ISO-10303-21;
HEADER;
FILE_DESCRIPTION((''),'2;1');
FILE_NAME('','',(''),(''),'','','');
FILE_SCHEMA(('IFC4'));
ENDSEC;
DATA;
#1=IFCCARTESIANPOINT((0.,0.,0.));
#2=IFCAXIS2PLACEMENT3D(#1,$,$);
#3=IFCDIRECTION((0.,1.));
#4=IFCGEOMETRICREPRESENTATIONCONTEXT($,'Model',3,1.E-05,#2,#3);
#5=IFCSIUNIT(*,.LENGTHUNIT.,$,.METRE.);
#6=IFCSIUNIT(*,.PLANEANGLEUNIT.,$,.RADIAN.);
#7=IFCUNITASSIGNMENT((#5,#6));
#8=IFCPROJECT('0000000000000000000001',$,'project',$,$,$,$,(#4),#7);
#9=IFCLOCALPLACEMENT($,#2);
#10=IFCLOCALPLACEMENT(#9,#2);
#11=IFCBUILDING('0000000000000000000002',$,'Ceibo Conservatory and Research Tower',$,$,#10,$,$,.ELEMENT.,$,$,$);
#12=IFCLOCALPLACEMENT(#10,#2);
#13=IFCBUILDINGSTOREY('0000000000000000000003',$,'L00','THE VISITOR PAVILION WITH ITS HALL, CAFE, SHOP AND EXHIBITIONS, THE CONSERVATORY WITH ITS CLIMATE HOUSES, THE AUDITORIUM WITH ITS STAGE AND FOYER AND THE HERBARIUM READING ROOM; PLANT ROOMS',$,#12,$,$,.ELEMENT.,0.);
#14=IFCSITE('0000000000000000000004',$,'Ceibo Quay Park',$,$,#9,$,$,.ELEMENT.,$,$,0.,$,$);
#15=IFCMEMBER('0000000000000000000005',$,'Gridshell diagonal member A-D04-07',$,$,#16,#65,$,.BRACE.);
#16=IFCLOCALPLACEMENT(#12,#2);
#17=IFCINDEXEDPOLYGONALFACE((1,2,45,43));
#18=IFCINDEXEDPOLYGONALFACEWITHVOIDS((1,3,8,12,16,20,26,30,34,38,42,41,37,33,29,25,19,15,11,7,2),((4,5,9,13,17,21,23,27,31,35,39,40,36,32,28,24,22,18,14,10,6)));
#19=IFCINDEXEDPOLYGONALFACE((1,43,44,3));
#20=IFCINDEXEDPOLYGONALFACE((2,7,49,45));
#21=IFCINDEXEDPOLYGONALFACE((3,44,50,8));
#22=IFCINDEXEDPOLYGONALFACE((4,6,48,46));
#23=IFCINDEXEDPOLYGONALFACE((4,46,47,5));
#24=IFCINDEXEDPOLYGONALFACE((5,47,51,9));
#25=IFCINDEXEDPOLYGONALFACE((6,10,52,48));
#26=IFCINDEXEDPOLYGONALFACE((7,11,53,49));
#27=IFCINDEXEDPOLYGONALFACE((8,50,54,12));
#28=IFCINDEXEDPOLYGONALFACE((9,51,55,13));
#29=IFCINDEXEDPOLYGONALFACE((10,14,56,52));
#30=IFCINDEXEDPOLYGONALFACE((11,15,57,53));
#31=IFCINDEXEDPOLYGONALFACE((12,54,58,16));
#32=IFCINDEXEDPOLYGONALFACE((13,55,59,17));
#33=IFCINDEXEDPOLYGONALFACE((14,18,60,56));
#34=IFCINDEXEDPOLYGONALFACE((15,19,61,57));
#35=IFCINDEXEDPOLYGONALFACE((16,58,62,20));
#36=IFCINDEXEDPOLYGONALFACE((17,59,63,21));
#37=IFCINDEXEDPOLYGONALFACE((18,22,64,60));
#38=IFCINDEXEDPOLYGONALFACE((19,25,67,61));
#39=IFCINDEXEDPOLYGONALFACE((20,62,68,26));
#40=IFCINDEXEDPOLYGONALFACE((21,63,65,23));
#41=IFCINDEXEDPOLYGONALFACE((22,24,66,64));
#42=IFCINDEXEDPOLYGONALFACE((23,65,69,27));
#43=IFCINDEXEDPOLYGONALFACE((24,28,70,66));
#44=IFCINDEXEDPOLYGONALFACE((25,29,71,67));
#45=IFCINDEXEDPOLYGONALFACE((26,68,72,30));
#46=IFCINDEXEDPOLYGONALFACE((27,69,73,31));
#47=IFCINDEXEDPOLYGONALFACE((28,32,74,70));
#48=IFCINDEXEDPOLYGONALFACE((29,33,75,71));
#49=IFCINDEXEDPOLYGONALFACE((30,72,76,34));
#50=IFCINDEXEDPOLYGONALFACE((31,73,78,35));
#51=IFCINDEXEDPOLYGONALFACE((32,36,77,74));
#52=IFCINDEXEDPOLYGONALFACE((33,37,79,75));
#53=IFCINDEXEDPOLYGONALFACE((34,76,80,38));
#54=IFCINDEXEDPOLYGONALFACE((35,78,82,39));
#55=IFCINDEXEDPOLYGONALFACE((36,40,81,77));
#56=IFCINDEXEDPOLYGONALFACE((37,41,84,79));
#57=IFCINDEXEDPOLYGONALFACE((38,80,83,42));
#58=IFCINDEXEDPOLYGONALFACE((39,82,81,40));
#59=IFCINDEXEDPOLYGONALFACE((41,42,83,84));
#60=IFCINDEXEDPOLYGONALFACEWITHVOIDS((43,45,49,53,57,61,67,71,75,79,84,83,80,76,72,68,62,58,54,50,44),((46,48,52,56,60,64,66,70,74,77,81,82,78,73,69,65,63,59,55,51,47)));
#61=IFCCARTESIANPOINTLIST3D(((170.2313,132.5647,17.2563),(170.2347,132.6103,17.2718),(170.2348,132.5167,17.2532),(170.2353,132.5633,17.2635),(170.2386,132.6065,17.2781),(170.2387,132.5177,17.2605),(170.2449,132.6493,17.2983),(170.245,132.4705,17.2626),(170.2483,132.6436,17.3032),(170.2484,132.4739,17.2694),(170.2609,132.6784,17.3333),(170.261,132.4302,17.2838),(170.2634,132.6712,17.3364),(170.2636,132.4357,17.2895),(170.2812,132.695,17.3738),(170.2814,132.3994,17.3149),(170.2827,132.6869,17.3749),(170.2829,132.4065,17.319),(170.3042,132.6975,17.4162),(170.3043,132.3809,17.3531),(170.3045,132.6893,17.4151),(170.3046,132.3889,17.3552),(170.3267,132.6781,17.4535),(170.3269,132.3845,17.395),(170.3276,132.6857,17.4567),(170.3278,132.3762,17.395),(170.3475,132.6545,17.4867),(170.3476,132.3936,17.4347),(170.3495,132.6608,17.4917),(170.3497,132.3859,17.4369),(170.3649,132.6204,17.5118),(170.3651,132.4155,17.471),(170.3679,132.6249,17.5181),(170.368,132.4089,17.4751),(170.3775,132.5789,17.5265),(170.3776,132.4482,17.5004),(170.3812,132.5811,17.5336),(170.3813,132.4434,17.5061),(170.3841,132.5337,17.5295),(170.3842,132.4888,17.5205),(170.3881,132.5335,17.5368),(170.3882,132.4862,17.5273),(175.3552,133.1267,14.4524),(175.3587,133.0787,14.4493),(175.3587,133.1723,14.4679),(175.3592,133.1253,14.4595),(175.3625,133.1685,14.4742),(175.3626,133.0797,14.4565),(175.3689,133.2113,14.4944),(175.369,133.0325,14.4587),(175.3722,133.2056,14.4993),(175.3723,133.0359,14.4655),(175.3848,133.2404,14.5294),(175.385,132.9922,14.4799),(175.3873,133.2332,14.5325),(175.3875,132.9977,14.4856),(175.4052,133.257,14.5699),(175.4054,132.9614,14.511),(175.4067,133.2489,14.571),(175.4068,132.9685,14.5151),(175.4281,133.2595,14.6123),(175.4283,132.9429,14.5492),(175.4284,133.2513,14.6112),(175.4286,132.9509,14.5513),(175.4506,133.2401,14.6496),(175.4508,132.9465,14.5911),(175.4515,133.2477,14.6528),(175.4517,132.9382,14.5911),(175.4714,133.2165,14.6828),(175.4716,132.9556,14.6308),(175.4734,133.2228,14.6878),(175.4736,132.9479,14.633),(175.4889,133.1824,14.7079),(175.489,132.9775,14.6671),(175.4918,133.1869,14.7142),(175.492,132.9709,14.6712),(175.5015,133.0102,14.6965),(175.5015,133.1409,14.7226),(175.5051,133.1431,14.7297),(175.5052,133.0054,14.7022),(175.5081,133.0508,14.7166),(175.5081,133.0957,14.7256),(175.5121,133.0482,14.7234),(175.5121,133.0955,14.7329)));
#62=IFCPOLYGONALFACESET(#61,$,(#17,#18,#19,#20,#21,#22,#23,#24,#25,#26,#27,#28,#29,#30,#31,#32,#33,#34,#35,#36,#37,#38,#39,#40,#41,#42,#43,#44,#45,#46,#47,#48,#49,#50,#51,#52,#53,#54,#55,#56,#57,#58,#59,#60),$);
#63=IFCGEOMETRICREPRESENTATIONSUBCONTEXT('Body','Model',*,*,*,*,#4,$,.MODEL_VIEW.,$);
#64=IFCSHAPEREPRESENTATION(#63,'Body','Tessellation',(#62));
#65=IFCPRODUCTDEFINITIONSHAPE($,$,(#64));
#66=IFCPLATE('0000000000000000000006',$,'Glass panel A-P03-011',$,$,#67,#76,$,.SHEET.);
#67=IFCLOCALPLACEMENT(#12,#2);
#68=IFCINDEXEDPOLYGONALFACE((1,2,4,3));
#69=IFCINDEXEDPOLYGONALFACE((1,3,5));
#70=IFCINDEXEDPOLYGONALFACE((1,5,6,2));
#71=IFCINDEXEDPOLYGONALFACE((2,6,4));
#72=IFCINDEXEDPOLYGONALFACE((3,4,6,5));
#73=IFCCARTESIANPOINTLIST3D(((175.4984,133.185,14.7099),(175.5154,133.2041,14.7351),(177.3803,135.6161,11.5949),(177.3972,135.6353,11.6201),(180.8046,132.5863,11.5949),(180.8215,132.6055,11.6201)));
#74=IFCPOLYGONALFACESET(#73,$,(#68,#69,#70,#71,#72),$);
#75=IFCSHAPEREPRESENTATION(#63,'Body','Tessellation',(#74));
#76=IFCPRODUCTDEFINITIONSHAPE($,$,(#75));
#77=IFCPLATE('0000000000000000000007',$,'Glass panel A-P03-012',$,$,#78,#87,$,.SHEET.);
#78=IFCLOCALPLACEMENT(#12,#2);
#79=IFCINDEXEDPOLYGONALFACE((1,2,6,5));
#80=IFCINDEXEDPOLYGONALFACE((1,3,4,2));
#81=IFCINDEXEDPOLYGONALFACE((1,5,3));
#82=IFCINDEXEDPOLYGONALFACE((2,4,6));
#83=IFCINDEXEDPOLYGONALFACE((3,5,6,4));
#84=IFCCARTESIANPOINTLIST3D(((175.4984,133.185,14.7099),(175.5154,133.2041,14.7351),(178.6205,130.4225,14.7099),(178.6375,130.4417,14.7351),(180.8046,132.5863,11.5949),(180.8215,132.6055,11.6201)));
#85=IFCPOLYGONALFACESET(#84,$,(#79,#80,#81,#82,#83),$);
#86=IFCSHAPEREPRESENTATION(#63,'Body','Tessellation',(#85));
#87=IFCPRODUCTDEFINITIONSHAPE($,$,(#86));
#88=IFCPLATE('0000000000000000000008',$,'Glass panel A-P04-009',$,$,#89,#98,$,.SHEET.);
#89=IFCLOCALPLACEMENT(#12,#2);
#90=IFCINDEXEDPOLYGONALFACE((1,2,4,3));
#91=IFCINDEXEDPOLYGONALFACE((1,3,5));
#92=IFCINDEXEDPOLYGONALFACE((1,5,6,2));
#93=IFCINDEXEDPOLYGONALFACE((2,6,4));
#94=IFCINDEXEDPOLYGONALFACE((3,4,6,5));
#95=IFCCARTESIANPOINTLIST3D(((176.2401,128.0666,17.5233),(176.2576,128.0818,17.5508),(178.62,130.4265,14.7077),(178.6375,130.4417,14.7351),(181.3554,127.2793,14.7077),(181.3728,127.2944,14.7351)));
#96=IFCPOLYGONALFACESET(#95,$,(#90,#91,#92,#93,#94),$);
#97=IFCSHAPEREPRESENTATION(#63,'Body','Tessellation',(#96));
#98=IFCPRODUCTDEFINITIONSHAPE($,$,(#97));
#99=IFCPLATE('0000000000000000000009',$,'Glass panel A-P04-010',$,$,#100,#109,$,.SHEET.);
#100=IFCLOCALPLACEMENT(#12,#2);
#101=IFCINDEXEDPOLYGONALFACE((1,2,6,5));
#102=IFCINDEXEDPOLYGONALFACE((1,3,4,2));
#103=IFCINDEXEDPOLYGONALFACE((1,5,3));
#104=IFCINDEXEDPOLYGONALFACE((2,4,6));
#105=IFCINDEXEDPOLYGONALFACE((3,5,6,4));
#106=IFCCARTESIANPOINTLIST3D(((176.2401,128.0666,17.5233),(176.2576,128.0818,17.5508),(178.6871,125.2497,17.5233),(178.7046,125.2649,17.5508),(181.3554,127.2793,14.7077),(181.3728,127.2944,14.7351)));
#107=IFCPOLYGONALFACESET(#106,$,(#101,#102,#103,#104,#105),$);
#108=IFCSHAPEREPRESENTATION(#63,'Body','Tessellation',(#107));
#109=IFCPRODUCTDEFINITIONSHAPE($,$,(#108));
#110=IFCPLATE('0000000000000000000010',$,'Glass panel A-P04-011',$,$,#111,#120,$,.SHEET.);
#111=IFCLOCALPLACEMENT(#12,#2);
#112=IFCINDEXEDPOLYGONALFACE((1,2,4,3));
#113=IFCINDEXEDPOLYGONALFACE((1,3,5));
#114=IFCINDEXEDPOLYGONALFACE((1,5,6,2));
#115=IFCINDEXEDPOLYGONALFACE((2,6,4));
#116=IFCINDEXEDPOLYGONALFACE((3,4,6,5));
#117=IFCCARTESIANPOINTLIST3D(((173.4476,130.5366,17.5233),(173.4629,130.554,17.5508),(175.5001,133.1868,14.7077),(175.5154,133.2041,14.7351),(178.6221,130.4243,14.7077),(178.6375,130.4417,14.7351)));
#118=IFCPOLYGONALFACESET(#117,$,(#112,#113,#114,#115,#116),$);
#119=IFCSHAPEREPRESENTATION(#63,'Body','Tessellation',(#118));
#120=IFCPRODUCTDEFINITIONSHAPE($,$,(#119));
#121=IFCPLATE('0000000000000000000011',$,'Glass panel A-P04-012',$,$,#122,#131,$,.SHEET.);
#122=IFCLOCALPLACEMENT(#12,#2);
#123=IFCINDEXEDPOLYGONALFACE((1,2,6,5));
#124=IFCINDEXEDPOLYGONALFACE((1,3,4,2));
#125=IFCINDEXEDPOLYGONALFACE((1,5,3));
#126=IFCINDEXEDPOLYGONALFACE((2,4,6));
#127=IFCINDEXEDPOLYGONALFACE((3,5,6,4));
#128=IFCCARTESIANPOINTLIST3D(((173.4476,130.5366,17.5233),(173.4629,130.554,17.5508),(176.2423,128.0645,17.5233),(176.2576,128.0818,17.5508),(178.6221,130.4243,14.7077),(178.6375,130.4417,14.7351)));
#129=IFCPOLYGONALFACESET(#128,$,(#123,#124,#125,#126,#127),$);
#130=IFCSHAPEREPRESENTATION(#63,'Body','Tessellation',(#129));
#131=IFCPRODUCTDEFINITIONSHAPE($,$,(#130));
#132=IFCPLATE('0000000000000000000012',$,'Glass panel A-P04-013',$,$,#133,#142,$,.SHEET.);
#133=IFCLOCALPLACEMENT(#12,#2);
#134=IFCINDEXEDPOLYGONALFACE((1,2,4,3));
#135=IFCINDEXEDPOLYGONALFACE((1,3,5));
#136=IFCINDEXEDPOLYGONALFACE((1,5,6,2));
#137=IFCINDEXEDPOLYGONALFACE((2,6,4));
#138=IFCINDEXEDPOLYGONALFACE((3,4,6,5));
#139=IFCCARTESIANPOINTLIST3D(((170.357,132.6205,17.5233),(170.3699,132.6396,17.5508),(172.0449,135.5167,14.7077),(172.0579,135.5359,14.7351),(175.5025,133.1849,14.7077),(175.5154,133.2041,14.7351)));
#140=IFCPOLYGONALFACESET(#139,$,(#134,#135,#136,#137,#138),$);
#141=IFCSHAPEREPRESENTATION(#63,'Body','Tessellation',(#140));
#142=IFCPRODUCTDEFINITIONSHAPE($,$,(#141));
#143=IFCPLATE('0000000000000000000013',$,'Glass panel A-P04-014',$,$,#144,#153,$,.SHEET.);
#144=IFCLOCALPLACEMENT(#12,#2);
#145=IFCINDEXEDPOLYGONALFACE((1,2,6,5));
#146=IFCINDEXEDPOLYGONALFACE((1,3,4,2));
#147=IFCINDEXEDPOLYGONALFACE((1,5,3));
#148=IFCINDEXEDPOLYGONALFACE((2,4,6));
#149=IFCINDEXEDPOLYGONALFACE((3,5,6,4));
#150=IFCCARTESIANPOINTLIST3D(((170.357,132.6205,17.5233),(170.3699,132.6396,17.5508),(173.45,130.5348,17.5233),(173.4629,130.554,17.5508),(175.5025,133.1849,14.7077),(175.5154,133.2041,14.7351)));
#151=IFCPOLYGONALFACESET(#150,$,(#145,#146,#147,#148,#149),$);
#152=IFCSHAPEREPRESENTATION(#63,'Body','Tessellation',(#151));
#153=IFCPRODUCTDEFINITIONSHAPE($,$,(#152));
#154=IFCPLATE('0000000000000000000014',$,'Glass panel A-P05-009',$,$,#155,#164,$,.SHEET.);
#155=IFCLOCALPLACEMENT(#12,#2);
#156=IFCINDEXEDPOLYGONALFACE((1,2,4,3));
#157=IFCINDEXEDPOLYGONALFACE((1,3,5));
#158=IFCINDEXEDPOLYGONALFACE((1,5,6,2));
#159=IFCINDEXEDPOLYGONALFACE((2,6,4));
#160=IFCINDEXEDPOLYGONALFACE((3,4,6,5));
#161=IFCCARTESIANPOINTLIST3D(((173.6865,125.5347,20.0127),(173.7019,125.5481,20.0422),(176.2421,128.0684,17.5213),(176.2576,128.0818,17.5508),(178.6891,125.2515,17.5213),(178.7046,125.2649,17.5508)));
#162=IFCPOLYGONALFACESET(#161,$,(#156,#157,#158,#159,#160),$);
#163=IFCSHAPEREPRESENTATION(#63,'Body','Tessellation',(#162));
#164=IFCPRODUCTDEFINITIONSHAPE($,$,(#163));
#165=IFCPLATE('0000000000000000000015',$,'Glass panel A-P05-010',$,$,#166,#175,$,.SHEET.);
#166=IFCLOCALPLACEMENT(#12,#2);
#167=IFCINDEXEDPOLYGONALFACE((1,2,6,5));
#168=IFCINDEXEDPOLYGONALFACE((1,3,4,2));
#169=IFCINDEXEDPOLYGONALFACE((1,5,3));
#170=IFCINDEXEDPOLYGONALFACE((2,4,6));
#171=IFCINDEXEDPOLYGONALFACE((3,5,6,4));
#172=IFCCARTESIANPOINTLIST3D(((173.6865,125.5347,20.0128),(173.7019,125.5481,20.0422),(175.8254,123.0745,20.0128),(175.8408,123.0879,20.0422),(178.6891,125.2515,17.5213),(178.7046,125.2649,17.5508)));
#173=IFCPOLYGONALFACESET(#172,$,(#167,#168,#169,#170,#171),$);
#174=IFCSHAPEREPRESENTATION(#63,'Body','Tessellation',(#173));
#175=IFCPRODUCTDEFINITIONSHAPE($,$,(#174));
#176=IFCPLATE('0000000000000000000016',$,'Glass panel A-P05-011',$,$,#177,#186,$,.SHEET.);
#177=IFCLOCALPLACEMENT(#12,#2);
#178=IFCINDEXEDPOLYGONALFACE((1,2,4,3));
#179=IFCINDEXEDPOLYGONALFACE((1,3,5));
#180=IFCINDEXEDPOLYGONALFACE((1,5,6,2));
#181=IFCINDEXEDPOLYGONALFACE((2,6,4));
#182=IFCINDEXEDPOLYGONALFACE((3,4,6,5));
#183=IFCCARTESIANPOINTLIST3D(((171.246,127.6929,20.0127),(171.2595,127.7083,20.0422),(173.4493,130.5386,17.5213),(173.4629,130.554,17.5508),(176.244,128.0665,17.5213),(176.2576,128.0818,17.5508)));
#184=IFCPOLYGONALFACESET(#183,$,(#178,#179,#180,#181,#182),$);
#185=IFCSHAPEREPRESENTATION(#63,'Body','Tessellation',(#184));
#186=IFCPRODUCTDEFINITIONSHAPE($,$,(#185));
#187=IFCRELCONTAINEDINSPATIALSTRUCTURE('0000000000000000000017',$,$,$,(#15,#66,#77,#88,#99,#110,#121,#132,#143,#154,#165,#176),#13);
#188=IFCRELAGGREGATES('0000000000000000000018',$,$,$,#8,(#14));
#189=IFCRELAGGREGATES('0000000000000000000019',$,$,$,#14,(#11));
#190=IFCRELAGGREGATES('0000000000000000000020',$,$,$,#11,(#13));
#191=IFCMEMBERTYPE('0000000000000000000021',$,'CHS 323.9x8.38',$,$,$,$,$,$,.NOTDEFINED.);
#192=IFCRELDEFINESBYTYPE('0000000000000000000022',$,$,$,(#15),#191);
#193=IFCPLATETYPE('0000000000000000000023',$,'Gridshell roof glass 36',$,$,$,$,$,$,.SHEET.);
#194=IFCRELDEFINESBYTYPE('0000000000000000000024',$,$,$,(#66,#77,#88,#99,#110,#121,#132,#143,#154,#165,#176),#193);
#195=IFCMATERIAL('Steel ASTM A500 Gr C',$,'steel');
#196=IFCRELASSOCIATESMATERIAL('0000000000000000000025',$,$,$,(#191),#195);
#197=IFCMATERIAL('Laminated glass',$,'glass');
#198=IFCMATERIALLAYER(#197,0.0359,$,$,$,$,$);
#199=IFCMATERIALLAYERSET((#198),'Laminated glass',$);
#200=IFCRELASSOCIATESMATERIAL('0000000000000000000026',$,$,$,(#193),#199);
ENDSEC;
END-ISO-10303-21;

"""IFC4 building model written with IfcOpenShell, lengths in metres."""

from ifc_helpers import new_model, si_unit, direction, frame, origin, origin_2d, place, context, subcontext, project, spatial, polyline, hollow_circle, outline, extrude, material, layer, layer_set, material_profile, profile_set, type_object, element, save


model = new_model("IFC4")

# Units and contexts
model_context = context("Model", 3, precision=1e-05, world=origin(), true_north=direction((0.0, 1.0)))
body_context = subcontext(model_context, "Body", "Model", "MODEL_VIEW")
ifc_project = project(units=[si_unit("LENGTHUNIT", "METRE"), si_unit("PLANEANGLEUNIT", "RADIAN")], contexts=[model_context])

# Site, building, storey
site_placement = place(None, origin())
site = spatial("IfcSite", under=ifc_project, at=site_placement, Name="Ceibo Quay Park", CompositionType="ELEMENT", RefElevation=0.0)
building_placement = place(site_placement, origin())
building = spatial("IfcBuilding", under=site, at=building_placement, Name="Ceibo Conservatory and Research Tower", CompositionType="ELEMENT")
storey_placement = place(building_placement, origin())
storey = spatial("IfcBuildingStorey", under=building, at=storey_placement, Name="L00", Description="THE VISITOR PAVILION WITH ITS HALL, CAFE, SHOP AND EXHIBITIONS, THE CONSERVATORY WITH ITS CLIMATE HOUSES, THE AUDITORIUM WITH ITS STAGE AND FOYER AND THE HERBARIUM READING ROOM; PLANT ROOMS", CompositionType="ELEMENT", Elevation=0.0)

# Member
ifc_material_1 = material(Name="Steel ASTM A500 Gr C", Category="steel")
ifc_material_profile_1 = material_profile(ifc_material_1, hollow_circle(Radius=0.1619, WallThickness=0.0083, at=origin_2d()), Name="CHS 323.9x8.38")
ifc_profile_set_1 = profile_set([ifc_material_profile_1], Name="Steel ASTM A500 Gr C")
member_type_1 = type_object("IfcMemberType", Name="CHS 323.9x8.38", PredefinedType="NOTDEFINED", material=ifc_profile_set_1)
member_1_placement = place(storey_placement, frame((175.4341, 133.0991, 14.5911), z_axis=(-0.873212, -0.095775, 0.477837), x_axis=(0.109028, -0.994039, 0.0)))
element("IfcMember", 1, at=member_1_placement, inside=storey, type_object=member_type_1, Name="Gridshell diagonal member A-D04-07", PredefinedType="BRACE", context=body_context, shape_type="SweptSolid", body=[
    extrude(hollow_circle(Radius=0.1619, WallThickness=0.0083, at=origin_2d()), origin(), (0.0, 0.0, 1.0), 5.8679),
])

# Plates
ifc_material_2 = material(Name="Laminated glass", Category="glass")
ifc_layer = layer(ifc_material_2, 0.0359)
ifc_layer_set = layer_set([ifc_layer], Name="Laminated glass")
plate_type = type_object("IfcPlateType", Name="Gridshell roof glass 36", PredefinedType="SHEET", material=ifc_layer_set)
plate_1_placement = place(storey_placement, frame((180.8215, 132.6055, 11.6201), z_axis=(0.472127, 0.533606, 0.701685), x_axis=(-0.748933, 0.662645, 0.0)))
element("IfcPlate", 2, at=plate_1_placement, inside=storey, type_object=plate_type, Name="Glass panel A-P03-011", PredefinedType="SHEET", context=body_context, shape_type="SweptSolid", body=[
    extrude(outline(polyline([(0.0, 0.0), (4.5723, 0.0), (4.3706, 4.372), (0.0, 0.0)])), origin(), (0.0, 0.0, -1.0), 0.0359),
])
plate_2_placement = place(storey_placement, frame((180.8215, 132.6055, 11.6201), z_axis=(0.47213, 0.533592, 0.701693), x_axis=(-0.858327, 0.096835, 0.503883)))
element("IfcPlate", 3, at=plate_2_placement, inside=storey, type_object=plate_type, Name="Glass panel A-P03-012", PredefinedType="SHEET", context=body_context, shape_type="SweptSolid", body=[
    extrude(outline(polyline([(0.0, 0.0), (6.182, 0.0), (3.2347, 2.9482), (0.0, 0.0)])), origin(), (0.0, 0.0, -1.0), 0.0359),
])
plate_3_placement = place(storey_placement, frame((181.3728, 127.2944, 14.7351), z_axis=(0.486113, 0.422497, 0.764977), x_axis=(-0.655993, 0.754767, 0.0)))
element("IfcPlate", 4, at=plate_3_placement, inside=storey, type_object=plate_type, Name="Glass panel A-P04-009", PredefinedType="SHEET", context=body_context, shape_type="SweptSolid", body=[
    extrude(outline(polyline([(0.0, 0.0), (4.1698, 0.0), (3.9498, 4.3718), (0.0, 0.0)])), origin(), (0.0, 0.0, -1.0), 0.0359),
])
plate_4_placement = place(storey_placement, frame((181.3728, 127.2944, 14.7351), z_axis=(0.486135, 0.422303, 0.765071), x_axis=(-0.868192, 0.133635, 0.477895)))
element("IfcPlate", 5, at=plate_4_placement, inside=storey, type_object=plate_type, Name="Glass panel A-P04-010", PredefinedType="SHEET", context=body_context, shape_type="SweptSolid", body=[
    extrude(outline(polyline([(0.0, 0.0), (5.8918, 0.0), (3.3909, 2.7692), (0.0, 0.0)])), origin(), (0.0, 0.0, -1.0), 0.0359),
])
plate_5_placement = place(storey_placement, frame((178.6375, 130.4417, 14.7351), z_axis=(0.426749, 0.482303, 0.765029), x_axis=(-0.748923, 0.662657, 0.0)))
element("IfcPlate", 6, at=plate_5_placement, inside=storey, type_object=plate_type, Name="Glass panel A-P04-011", PredefinedType="SHEET", context=body_context, shape_type="SweptSolid", body=[
    extrude(outline(polyline([(0.0, 0.0), (4.1687, 0.0), (3.9498, 4.3722), (0.0, 0.0)])), origin(), (0.0, 0.0, -1.0), 0.0359),
])
plate_6_placement = place(storey_placement, frame((178.6375, 130.4417, 14.7351), z_axis=(0.426726, 0.482395, 0.764984), x_axis=(-0.878222, 0.01906, 0.477874)))
element("IfcPlate", 7, at=plate_6_placement, inside=storey, type_object=plate_type, Name="Glass panel A-P04-012", PredefinedType="SHEET", context=body_context, shape_type="SweptSolid", body=[
    extrude(outline(polyline([(0.0, 0.0), (5.8921, 0.0), (3.3906, 2.7685), (0.0, 0.0)])), origin(), (0.0, 0.0, -1.0), 0.0359),
])
plate_7_placement = place(storey_placement, frame((175.5154, 133.2041, 14.7351), z_axis=(0.360072, 0.533906, 0.765045), x_axis=(-0.829075, 0.559137, 0.0)))
element("IfcPlate", 8, at=plate_7_placement, inside=storey, type_object=plate_type, Name="Glass panel A-P04-013", PredefinedType="SHEET", context=body_context, shape_type="SweptSolid", body=[
    extrude(outline(polyline([(0.0, 0.0), (4.1703, 0.0), (3.9504, 4.3723), (0.0, 0.0)])), origin(), (0.0, 0.0, -1.0), 0.0359),
])
plate_8_placement = place(storey_placement, frame((175.5154, 133.2041, 14.7351), z_axis=(0.360054, 0.533949, 0.765022), x_axis=(-0.873213, -0.09579, 0.477831)))
element("IfcPlate", 9, at=plate_8_placement, inside=storey, type_object=plate_type, Name="Glass panel A-P04-014", PredefinedType="SHEET", context=body_context, shape_type="SweptSolid", body=[
    extrude(outline(polyline([(0.0, 0.0), (5.8926, 0.0), (3.3915, 2.7679), (0.0, 0.0)])), origin(), (0.0, 0.0, -1.0), 0.0359),
])
plate_9_placement = place(storey_placement, frame((178.7046, 125.2649, 17.5508), z_axis=(0.430345, 0.373839, 0.821613), x_axis=(-0.655804, 0.754931, 0.0)))
element("IfcPlate", 10, at=plate_9_placement, inside=storey, type_object=plate_type, Name="Glass panel A-P05-009", PredefinedType="SHEET", context=body_context, shape_type="SweptSolid", body=[
    extrude(outline(polyline([(0.0, 0.0), (3.7313, 0.0), (3.4946, 4.3706), (0.0, 0.0)])), origin(), (0.0, 0.0, -1.0), 0.0359),
])
plate_10_placement = place(storey_placement, frame((178.7046, 125.2649, 17.5508), z_axis=(0.430309, 0.374113, 0.821507), x_axis=(-0.893987, 0.050609, 0.445226)))
element("IfcPlate", 11, at=plate_10_placement, inside=storey, type_object=plate_type, Name="Glass panel A-P05-010", PredefinedType="SHEET", context=body_context, shape_type="SweptSolid", body=[
    extrude(outline(polyline([(0.0, 0.0), (5.5959, 0.0), (3.5593, 2.5455), (0.0, 0.0)])), origin(), (0.0, 0.0, -1.0), 0.0359),
])
plate_11_placement = place(storey_placement, frame((176.2576, 128.0818, 17.5508), z_axis=(0.377668, 0.426937, 0.82164), x_axis=(-0.749003, 0.662567, 0.0)))
element("IfcPlate", 12, at=plate_11_placement, inside=storey, type_object=plate_type, Name="Glass panel A-P05-011", PredefinedType="SHEET", context=body_context, shape_type="SweptSolid", body=[
    extrude(outline(polyline([(0.0, 0.0), (3.7312, 0.0), (3.4961, 4.3709), (0.0, 0.0)])), origin(), (0.0, 0.0, -1.0), 0.0359),
])

save(model, "model.ifc")
